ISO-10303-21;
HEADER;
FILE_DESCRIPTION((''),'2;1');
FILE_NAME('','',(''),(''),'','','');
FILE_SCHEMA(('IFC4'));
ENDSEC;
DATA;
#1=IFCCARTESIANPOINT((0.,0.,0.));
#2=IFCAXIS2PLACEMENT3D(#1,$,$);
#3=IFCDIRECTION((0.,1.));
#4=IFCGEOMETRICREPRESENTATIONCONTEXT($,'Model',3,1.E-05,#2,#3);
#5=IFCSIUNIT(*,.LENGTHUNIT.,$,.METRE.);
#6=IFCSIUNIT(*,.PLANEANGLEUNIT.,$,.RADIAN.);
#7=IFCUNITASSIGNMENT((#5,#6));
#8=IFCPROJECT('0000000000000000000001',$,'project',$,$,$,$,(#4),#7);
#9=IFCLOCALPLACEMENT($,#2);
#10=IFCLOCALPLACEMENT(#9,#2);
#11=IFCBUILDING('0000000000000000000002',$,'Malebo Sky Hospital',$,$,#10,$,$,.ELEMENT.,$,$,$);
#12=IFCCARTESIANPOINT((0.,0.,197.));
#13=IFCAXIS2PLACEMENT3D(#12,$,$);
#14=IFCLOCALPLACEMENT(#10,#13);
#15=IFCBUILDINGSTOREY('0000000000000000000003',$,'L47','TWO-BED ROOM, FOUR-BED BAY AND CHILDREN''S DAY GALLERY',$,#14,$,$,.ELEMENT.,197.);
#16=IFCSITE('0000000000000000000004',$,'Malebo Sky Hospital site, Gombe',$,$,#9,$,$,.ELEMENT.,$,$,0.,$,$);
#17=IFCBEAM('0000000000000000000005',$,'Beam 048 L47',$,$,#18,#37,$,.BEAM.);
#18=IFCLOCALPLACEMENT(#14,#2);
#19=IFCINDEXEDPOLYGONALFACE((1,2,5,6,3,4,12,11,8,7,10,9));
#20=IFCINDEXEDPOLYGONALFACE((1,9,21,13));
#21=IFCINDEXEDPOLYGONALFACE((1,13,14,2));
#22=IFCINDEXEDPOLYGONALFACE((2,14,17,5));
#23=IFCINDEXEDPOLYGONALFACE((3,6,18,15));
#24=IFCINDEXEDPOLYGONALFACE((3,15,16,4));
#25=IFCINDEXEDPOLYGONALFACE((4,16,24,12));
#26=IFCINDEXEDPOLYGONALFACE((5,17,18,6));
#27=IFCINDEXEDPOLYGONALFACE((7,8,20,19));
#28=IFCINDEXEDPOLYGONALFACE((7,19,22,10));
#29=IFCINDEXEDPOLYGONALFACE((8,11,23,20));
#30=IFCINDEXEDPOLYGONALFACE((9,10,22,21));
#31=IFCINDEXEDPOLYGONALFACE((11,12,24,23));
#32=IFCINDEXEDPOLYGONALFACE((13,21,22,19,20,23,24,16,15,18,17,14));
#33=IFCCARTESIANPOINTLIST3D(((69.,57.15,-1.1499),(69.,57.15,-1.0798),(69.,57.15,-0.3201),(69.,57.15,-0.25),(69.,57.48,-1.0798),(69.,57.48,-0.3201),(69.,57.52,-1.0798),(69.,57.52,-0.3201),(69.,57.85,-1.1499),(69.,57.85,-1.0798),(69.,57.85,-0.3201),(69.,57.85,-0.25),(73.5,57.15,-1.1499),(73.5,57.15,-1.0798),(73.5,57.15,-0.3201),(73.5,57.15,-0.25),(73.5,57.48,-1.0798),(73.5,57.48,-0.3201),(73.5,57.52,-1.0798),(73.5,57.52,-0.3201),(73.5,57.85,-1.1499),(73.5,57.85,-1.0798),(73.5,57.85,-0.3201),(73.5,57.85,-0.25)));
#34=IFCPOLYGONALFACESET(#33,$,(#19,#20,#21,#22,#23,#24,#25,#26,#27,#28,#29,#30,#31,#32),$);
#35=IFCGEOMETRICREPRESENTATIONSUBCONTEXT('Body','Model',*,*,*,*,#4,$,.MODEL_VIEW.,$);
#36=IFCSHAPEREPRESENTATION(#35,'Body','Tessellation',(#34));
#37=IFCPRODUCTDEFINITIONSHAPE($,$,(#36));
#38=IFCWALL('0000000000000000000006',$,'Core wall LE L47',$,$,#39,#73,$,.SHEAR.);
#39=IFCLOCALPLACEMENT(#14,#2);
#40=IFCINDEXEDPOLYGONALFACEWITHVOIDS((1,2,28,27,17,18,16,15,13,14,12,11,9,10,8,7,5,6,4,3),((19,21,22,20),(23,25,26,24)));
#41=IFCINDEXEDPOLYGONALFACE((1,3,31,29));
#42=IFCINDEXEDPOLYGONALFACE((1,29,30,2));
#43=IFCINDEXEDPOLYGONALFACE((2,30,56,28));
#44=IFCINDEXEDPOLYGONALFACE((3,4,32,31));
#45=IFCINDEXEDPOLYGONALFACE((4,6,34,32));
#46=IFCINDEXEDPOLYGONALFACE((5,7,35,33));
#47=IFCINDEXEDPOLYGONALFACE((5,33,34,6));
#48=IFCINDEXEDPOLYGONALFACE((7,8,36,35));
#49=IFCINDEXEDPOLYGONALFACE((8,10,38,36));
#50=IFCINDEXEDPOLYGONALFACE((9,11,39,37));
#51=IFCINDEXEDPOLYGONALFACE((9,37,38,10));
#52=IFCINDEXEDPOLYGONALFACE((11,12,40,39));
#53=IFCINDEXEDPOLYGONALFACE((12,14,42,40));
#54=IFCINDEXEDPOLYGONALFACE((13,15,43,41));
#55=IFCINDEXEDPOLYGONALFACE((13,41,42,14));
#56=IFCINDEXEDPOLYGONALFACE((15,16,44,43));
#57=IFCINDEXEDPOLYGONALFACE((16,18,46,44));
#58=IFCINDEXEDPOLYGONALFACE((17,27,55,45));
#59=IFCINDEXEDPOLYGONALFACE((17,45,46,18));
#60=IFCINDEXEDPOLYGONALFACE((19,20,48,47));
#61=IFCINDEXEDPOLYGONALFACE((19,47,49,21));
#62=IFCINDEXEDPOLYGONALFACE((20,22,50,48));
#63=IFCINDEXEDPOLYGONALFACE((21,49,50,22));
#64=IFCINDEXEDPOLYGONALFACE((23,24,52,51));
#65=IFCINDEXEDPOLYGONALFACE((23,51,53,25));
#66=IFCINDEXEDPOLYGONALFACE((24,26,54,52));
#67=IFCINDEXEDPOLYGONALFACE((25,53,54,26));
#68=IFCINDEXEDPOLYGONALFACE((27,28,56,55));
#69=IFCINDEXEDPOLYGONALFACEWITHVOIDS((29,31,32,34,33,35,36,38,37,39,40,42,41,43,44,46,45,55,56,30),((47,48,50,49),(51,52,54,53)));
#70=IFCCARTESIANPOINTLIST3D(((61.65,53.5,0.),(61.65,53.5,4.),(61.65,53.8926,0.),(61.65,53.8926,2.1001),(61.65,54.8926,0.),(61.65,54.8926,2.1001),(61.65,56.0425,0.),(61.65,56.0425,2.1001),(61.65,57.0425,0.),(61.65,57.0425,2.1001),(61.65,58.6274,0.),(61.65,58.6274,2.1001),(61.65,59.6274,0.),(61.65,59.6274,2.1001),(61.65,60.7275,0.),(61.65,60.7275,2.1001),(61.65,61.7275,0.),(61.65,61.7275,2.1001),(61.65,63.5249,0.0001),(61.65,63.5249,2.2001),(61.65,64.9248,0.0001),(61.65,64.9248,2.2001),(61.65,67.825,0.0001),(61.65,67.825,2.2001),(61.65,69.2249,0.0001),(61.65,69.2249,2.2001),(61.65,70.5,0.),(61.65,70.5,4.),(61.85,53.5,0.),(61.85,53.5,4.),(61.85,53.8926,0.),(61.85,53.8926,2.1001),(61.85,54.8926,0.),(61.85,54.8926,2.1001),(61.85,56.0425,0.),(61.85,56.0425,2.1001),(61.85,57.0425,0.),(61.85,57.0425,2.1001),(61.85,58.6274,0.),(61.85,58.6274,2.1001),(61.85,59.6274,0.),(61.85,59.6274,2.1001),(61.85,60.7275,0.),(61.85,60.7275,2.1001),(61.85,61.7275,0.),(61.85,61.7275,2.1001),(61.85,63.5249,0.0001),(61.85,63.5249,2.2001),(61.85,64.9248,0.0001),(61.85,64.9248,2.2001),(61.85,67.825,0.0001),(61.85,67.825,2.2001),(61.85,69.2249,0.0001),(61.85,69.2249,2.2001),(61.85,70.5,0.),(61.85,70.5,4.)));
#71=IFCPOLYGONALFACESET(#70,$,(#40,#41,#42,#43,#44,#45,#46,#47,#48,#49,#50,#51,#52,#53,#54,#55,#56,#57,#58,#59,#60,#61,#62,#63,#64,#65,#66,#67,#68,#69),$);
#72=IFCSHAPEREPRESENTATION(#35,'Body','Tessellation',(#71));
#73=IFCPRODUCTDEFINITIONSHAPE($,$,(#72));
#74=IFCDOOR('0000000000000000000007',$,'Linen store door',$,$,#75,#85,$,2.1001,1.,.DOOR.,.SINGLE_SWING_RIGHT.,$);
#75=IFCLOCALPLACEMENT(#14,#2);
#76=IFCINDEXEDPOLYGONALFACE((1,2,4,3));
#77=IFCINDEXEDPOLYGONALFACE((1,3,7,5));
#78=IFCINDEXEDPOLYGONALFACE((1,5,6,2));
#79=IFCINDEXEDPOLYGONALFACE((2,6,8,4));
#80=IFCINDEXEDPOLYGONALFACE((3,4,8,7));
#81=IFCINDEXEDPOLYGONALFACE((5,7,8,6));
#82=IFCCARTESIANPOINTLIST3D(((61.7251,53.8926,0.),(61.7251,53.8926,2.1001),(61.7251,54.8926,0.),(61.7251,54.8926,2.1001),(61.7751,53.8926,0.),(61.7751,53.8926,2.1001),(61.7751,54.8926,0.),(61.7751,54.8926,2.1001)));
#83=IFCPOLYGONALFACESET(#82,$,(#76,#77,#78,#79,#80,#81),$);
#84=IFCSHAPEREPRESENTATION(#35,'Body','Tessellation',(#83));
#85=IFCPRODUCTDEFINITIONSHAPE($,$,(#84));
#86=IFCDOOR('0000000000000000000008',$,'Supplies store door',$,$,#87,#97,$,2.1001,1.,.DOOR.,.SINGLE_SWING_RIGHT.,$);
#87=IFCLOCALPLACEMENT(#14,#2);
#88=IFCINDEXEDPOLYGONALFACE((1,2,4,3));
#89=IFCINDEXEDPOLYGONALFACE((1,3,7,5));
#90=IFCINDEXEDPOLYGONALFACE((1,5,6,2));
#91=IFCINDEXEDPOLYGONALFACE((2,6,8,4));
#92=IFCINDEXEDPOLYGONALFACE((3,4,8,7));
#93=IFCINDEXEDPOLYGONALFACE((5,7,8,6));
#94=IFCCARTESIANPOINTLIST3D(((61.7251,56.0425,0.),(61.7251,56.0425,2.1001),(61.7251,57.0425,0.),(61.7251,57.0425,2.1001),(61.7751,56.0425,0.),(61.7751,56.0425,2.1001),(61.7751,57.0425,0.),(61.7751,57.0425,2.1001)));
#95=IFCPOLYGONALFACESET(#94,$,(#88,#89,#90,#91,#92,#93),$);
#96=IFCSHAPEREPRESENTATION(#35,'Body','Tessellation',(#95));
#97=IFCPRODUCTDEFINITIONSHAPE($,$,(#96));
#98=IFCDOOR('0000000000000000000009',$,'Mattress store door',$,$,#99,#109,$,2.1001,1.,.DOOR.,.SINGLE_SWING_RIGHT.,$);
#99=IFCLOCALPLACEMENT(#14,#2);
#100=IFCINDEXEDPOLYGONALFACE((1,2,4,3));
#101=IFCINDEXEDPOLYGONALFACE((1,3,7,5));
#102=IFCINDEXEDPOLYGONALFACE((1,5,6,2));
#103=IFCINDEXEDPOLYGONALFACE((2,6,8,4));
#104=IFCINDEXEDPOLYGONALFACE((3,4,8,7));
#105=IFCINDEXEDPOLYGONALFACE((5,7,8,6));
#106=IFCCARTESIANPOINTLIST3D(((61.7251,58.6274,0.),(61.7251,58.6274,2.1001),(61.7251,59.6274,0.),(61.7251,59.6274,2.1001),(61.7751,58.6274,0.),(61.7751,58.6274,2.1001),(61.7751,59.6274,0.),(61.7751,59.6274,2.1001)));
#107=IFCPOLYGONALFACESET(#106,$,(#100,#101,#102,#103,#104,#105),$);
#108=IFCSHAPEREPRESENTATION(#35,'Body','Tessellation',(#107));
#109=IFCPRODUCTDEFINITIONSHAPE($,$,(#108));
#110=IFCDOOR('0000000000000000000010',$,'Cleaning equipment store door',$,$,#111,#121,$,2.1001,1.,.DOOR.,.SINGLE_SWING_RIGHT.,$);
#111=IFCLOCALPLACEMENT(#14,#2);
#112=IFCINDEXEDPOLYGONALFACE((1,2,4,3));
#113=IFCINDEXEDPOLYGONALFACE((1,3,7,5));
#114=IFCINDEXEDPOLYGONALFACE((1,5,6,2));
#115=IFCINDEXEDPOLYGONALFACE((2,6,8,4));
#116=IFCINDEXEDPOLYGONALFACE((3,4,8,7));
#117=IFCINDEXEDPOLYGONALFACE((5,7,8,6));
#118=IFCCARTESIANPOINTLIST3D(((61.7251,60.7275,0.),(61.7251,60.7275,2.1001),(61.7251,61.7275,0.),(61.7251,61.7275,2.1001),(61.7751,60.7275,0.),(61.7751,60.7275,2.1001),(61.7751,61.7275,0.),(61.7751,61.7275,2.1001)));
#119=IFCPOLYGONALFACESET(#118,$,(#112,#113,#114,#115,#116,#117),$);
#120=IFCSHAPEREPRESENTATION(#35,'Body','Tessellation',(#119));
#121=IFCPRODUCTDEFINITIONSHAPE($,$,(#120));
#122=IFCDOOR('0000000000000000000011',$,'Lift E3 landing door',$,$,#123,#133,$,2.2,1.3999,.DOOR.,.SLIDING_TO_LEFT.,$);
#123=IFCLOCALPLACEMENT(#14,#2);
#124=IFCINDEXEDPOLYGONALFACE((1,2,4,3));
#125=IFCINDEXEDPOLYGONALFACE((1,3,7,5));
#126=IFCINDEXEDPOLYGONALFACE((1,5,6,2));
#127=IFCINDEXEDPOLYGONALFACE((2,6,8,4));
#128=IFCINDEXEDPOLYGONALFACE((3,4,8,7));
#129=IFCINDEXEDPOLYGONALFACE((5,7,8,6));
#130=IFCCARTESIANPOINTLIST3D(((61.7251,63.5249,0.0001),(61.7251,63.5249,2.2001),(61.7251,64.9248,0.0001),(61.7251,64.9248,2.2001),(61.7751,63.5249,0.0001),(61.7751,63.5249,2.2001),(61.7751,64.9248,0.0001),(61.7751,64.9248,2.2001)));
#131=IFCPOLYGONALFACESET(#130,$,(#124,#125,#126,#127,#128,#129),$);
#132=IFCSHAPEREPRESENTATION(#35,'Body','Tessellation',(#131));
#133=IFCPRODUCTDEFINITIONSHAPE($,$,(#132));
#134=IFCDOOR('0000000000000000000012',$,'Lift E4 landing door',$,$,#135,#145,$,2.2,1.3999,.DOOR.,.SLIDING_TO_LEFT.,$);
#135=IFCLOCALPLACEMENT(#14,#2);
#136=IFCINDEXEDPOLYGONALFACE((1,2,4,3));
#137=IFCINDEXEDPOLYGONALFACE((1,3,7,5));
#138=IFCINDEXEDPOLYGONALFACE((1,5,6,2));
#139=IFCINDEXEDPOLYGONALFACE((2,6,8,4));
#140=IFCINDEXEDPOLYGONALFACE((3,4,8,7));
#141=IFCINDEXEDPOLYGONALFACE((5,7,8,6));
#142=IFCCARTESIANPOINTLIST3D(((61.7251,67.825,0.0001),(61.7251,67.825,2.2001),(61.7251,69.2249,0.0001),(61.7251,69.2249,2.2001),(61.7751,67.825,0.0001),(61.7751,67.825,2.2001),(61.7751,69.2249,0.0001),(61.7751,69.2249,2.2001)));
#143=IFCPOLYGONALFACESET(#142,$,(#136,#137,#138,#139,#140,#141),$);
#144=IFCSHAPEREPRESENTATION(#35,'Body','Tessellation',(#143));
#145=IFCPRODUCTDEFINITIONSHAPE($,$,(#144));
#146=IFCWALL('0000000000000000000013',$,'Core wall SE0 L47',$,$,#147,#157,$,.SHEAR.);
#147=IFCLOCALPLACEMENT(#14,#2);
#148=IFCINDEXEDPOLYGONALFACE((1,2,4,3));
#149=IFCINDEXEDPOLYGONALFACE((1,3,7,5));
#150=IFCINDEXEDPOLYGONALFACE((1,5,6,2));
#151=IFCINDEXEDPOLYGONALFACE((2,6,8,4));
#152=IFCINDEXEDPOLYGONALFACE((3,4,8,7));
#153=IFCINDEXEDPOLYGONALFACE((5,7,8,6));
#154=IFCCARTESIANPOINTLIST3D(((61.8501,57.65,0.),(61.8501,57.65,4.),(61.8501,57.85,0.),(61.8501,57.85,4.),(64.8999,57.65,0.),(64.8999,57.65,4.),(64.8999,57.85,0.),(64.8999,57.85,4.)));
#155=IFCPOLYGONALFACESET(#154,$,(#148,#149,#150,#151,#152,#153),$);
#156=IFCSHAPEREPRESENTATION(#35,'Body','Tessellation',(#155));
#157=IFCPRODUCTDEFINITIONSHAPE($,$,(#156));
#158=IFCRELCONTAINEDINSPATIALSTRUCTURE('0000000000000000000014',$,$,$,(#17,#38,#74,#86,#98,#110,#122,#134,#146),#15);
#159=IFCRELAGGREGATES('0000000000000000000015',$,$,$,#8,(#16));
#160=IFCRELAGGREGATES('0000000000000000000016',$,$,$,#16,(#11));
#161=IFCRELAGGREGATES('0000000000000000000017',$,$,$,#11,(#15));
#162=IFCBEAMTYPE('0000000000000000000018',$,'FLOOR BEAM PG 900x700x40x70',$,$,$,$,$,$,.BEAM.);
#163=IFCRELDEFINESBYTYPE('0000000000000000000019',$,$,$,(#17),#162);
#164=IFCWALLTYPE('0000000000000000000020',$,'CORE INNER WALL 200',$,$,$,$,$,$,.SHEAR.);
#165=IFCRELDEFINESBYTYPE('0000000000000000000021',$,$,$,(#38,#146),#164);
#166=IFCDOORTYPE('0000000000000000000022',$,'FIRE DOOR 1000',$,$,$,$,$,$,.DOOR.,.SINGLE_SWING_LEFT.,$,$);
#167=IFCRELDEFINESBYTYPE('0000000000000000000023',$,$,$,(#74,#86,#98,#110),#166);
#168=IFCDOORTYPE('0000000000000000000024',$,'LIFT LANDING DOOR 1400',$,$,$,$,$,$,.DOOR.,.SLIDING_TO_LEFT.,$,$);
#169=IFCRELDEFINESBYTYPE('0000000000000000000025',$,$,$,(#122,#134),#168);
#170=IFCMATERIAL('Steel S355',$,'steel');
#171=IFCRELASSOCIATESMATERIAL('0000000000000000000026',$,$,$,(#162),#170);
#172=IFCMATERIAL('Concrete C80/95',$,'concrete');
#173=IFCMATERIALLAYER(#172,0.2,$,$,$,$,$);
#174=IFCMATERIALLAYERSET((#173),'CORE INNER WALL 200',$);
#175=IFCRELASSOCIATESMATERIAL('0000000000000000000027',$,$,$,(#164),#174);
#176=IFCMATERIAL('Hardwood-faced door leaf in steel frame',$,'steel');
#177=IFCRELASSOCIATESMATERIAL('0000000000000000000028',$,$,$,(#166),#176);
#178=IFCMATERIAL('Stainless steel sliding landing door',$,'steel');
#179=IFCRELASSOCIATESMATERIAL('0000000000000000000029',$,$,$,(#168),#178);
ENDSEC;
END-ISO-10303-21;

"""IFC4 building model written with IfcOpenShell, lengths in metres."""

from ifc_helpers import new_model, si_unit, direction, frame, frame_2d, origin, origin_2d, place, context, subcontext, project, spatial, rectangle, i_section, extrude, material, layer, layer_set, material_profile, profile_set, type_object, element, fill, save


model = new_model("IFC4")

# Units and contexts
model_context = context("Model", 3, precision=1e-05, world=origin(), true_north=direction((0.0, 1.0)))
body_context = subcontext(model_context, "Body", "Model", "MODEL_VIEW")
ifc_project = project(units=[si_unit("LENGTHUNIT", "METRE"), si_unit("PLANEANGLEUNIT", "RADIAN")], contexts=[model_context])

# Site, building, storey
site_placement = place(None, origin())
site = spatial("IfcSite", under=ifc_project, at=site_placement, Name="Malebo Sky Hospital site, Gombe", CompositionType="ELEMENT", RefElevation=0.0)
building_placement = place(site_placement, origin())
building = spatial("IfcBuilding", under=site, at=building_placement, Name="Malebo Sky Hospital", CompositionType="ELEMENT")
storey_placement = place(building_placement, frame((0.0, 0.0, 197.0)))
storey = spatial("IfcBuildingStorey", under=building, at=storey_placement, Name="L47", Description="TWO-BED ROOM, FOUR-BED BAY AND CHILDREN'S DAY GALLERY", CompositionType="ELEMENT", Elevation=197.0)

# Beam
ifc_material_1 = material(Name="Steel S355", Category="steel")
ifc_material_profile = material_profile(ifc_material_1, i_section(OverallWidth=0.7, OverallDepth=0.8999, WebThickness=0.04, FlangeThickness=0.0701, at=origin_2d()), Name="PG 900x700x40x70")
ifc_profile_set = profile_set([ifc_material_profile], Name="Steel S355")
beam_type = type_object("IfcBeamType", Name="FLOOR BEAM PG 900x700x40x70", PredefinedType="BEAM", material=ifc_profile_set)
beam_placement = place(storey_placement, frame((69.0, 57.5, -0.7), z_axis=(1.0, 0.0, 0.0), x_axis=(0.0, 1.0, 0.0)))
element("IfcBeam", 1, at=beam_placement, inside=storey, type_object=beam_type, Name="Beam 048 L47", PredefinedType="BEAM", context=body_context, shape_type="SweptSolid", body=[
    extrude(i_section(OverallWidth=0.7, OverallDepth=0.8999, WebThickness=0.04, FlangeThickness=0.0701, at=origin_2d()), origin(), (0.0, 0.0, 1.0), 4.5),
])

# Wall, openings, doors
ifc_material_2 = material(Name="Concrete C80/95", Category="concrete")
ifc_layer_1 = layer(ifc_material_2, 0.2)
ifc_layer_set_1 = layer_set([ifc_layer_1], Name="CORE INNER WALL 200")
wall_type_1 = type_object("IfcWallType", Name="CORE INNER WALL 200", PredefinedType="SHEAR", material=ifc_layer_set_1)
wall_1_placement = place(storey_placement, frame((61.75, 53.5, 0.0), z_axis=(0.0, 0.0, 1.0), x_axis=(0.0, 1.0, 0.0)))
wall_1 = element("IfcWall", 2, at=wall_1_placement, inside=storey, type_object=wall_type_1, Name="Core wall LE L47", PredefinedType="SHEAR", context=body_context, shape_type="SweptSolid", body=[
    extrude(rectangle(XDim=17.0, YDim=0.2, at=frame_2d((8.5, 0.0))), origin(), (0.0, 0.0, 1.0), 4.0),
])
opening_1_placement = place(wall_1_placement, frame((0.3926, 0.0, 0.0)))
opening_1 = element("IfcOpeningElement", 3, at=opening_1_placement, cuts=wall_1, PredefinedType="OPENING", context=body_context, shape_type="SweptSolid", body=[
    extrude(rectangle(XDim=1.0, YDim=2.1001, at=frame_2d((0.5, 1.05))), frame((0.0, 0.1099, 0.0), z_axis=(0.0, -1.0, 0.0), x_axis=(1.0, 0.0, 0.0)), (0.0, 0.0, 1.0), 0.22),
])
opening_2_placement = place(wall_1_placement, frame((2.5425, 0.0, 0.0)))
opening_2 = element("IfcOpeningElement", 4, at=opening_2_placement, cuts=wall_1, PredefinedType="OPENING", context=body_context, shape_type="SweptSolid", body=[
    extrude(rectangle(XDim=1.0, YDim=2.1001, at=frame_2d((0.5, 1.05))), frame((0.0, 0.1099, 0.0), z_axis=(0.0, -1.0, 0.0), x_axis=(1.0, 0.0, 0.0)), (0.0, 0.0, 1.0), 0.22),
])
opening_3_placement = place(wall_1_placement, frame((5.1274, 0.0, 0.0)))
opening_3 = element("IfcOpeningElement", 5, at=opening_3_placement, cuts=wall_1, PredefinedType="OPENING", context=body_context, shape_type="SweptSolid", body=[
    extrude(rectangle(XDim=1.0, YDim=2.1001, at=frame_2d((0.5, 1.05))), frame((0.0, 0.1099, 0.0), z_axis=(0.0, -1.0, 0.0), x_axis=(1.0, 0.0, 0.0)), (0.0, 0.0, 1.0), 0.22),
])
opening_4_placement = place(wall_1_placement, frame((7.2275, 0.0, 0.0)))
opening_4 = element("IfcOpeningElement", 6, at=opening_4_placement, cuts=wall_1, PredefinedType="OPENING", context=body_context, shape_type="SweptSolid", body=[
    extrude(rectangle(XDim=1.0, YDim=2.1001, at=frame_2d((0.5, 1.05))), frame((0.0, 0.1099, 0.0), z_axis=(0.0, -1.0, 0.0), x_axis=(1.0, 0.0, 0.0)), (0.0, 0.0, 1.0), 0.22),
])
opening_5_placement = place(wall_1_placement, frame((10.0249, 0.0, 0.0)))
opening_5 = element("IfcOpeningElement", 7, at=opening_5_placement, cuts=wall_1, PredefinedType="OPENING", context=body_context, shape_type="SweptSolid", body=[
    extrude(rectangle(XDim=1.3999, YDim=2.2, at=frame_2d((0.7, 1.1001))), frame((0.0, 0.1099, 0.0), z_axis=(0.0, -1.0, 0.0), x_axis=(1.0, 0.0, 0.0)), (0.0, 0.0, 1.0), 0.22),
])
opening_6_placement = place(wall_1_placement, frame((14.325, 0.0, 0.0)))
opening_6 = element("IfcOpeningElement", 8, at=opening_6_placement, cuts=wall_1, PredefinedType="OPENING", context=body_context, shape_type="SweptSolid", body=[
    extrude(rectangle(XDim=1.3999, YDim=2.2, at=frame_2d((0.7, 1.1001))), frame((0.0, 0.1099, 0.0), z_axis=(0.0, -1.0, 0.0), x_axis=(1.0, 0.0, 0.0)), (0.0, 0.0, 1.0), 0.22),
])
ifc_material_3 = material(Name="Hardwood-faced door leaf in steel frame", Category="steel")
door_type_1 = type_object("IfcDoorType", Name="FIRE DOOR 1000", OperationType="SINGLE_SWING_LEFT", PredefinedType="DOOR", material=ifc_material_3)
door_1_placement = place(opening_1_placement, origin())
door_1 = element("IfcDoor", 9, at=door_1_placement, inside=storey, type_object=door_type_1, Name="Linen store door", OperationType="SINGLE_SWING_RIGHT", OverallHeight=2.1001, OverallWidth=1.0, PredefinedType="DOOR", context=body_context, shape_type="SweptSolid", body=[
    extrude(rectangle(XDim=1.0, YDim=2.1001, at=frame_2d((0.5, 1.05))), frame((0.0, 0.0249, 0.0), z_axis=(0.0, -1.0, 0.0), x_axis=(1.0, 0.0, 0.0)), (0.0, 0.0, 1.0), 0.05),
])
fill(opening_1, door_1)
door_2_placement = place(opening_2_placement, origin())
door_2 = element("IfcDoor", 10, at=door_2_placement, inside=storey, type_object=door_type_1, Name="Supplies store door", OperationType="SINGLE_SWING_RIGHT", OverallHeight=2.1001, OverallWidth=1.0, PredefinedType="DOOR", context=body_context, shape_type="SweptSolid", body=[
    extrude(rectangle(XDim=1.0, YDim=2.1001, at=frame_2d((0.5, 1.05))), frame((0.0, 0.0249, 0.0), z_axis=(0.0, -1.0, 0.0), x_axis=(1.0, 0.0, 0.0)), (0.0, 0.0, 1.0), 0.05),
])
fill(opening_2, door_2)
door_3_placement = place(opening_3_placement, origin())
door_3 = element("IfcDoor", 11, at=door_3_placement, inside=storey, type_object=door_type_1, Name="Mattress store door", OperationType="SINGLE_SWING_RIGHT", OverallHeight=2.1001, OverallWidth=1.0, PredefinedType="DOOR", context=body_context, shape_type="SweptSolid", body=[
    extrude(rectangle(XDim=1.0, YDim=2.1001, at=frame_2d((0.5, 1.05))), frame((0.0, 0.0249, 0.0), z_axis=(0.0, -1.0, 0.0), x_axis=(1.0, 0.0, 0.0)), (0.0, 0.0, 1.0), 0.05),
])
fill(opening_3, door_3)
door_4_placement = place(opening_4_placement, origin())
door_4 = element("IfcDoor", 12, at=door_4_placement, inside=storey, type_object=door_type_1, Name="Cleaning equipment store door", OperationType="SINGLE_SWING_RIGHT", OverallHeight=2.1001, OverallWidth=1.0, PredefinedType="DOOR", context=body_context, shape_type="SweptSolid", body=[
    extrude(rectangle(XDim=1.0, YDim=2.1001, at=frame_2d((0.5, 1.05))), frame((0.0, 0.0249, 0.0), z_axis=(0.0, -1.0, 0.0), x_axis=(1.0, 0.0, 0.0)), (0.0, 0.0, 1.0), 0.05),
])
fill(opening_4, door_4)
ifc_material_4 = material(Name="Stainless steel sliding landing door", Category="steel")
door_type_2 = type_object("IfcDoorType", Name="LIFT LANDING DOOR 1400", OperationType="SLIDING_TO_LEFT", PredefinedType="DOOR", material=ifc_material_4)
door_5_placement = place(opening_5_placement, origin())
door_5 = element("IfcDoor", 13, at=door_5_placement, inside=storey, type_object=door_type_2, Name="Lift E3 landing door", OperationType="SLIDING_TO_LEFT", OverallHeight=2.2, OverallWidth=1.3999, PredefinedType="DOOR", context=body_context, shape_type="SweptSolid", body=[
    extrude(rectangle(XDim=1.3999, YDim=2.2, at=frame_2d((0.7, 1.1001))), frame((0.0, 0.0249, 0.0), z_axis=(0.0, -1.0, 0.0), x_axis=(1.0, 0.0, 0.0)), (0.0, 0.0, 1.0), 0.05),
])
fill(opening_5, door_5)
door_6_placement = place(opening_6_placement, origin())
door_6 = element("IfcDoor", 14, at=door_6_placement, inside=storey, type_object=door_type_2, Name="Lift E4 landing door", OperationType="SLIDING_TO_LEFT", OverallHeight=2.2, OverallWidth=1.3999, PredefinedType="DOOR", context=body_context, shape_type="SweptSolid", body=[
    extrude(rectangle(XDim=1.3999, YDim=2.2, at=frame_2d((0.7, 1.1001))), frame((0.0, 0.0249, 0.0), z_axis=(0.0, -1.0, 0.0), x_axis=(1.0, 0.0, 0.0)), (0.0, 0.0, 1.0), 0.05),
])
fill(opening_6, door_6)

# Wall
wall_2_placement = place(storey_placement, frame((61.8501, 57.75, 0.0), z_axis=(0.0, 0.0, 1.0), x_axis=(1.0, 0.0, 0.0)))
element("IfcWall", 15, at=wall_2_placement, inside=storey, type_object=wall_type_1, Name="Core wall SE0 L47", PredefinedType="SHEAR", context=body_context, shape_type="SweptSolid", body=[
    extrude(rectangle(XDim=3.0498, YDim=0.2, at=frame_2d((1.5249, 0.0))), origin(), (0.0, 0.0, 1.0), 4.0),
])

save(model, "model.ifc")
